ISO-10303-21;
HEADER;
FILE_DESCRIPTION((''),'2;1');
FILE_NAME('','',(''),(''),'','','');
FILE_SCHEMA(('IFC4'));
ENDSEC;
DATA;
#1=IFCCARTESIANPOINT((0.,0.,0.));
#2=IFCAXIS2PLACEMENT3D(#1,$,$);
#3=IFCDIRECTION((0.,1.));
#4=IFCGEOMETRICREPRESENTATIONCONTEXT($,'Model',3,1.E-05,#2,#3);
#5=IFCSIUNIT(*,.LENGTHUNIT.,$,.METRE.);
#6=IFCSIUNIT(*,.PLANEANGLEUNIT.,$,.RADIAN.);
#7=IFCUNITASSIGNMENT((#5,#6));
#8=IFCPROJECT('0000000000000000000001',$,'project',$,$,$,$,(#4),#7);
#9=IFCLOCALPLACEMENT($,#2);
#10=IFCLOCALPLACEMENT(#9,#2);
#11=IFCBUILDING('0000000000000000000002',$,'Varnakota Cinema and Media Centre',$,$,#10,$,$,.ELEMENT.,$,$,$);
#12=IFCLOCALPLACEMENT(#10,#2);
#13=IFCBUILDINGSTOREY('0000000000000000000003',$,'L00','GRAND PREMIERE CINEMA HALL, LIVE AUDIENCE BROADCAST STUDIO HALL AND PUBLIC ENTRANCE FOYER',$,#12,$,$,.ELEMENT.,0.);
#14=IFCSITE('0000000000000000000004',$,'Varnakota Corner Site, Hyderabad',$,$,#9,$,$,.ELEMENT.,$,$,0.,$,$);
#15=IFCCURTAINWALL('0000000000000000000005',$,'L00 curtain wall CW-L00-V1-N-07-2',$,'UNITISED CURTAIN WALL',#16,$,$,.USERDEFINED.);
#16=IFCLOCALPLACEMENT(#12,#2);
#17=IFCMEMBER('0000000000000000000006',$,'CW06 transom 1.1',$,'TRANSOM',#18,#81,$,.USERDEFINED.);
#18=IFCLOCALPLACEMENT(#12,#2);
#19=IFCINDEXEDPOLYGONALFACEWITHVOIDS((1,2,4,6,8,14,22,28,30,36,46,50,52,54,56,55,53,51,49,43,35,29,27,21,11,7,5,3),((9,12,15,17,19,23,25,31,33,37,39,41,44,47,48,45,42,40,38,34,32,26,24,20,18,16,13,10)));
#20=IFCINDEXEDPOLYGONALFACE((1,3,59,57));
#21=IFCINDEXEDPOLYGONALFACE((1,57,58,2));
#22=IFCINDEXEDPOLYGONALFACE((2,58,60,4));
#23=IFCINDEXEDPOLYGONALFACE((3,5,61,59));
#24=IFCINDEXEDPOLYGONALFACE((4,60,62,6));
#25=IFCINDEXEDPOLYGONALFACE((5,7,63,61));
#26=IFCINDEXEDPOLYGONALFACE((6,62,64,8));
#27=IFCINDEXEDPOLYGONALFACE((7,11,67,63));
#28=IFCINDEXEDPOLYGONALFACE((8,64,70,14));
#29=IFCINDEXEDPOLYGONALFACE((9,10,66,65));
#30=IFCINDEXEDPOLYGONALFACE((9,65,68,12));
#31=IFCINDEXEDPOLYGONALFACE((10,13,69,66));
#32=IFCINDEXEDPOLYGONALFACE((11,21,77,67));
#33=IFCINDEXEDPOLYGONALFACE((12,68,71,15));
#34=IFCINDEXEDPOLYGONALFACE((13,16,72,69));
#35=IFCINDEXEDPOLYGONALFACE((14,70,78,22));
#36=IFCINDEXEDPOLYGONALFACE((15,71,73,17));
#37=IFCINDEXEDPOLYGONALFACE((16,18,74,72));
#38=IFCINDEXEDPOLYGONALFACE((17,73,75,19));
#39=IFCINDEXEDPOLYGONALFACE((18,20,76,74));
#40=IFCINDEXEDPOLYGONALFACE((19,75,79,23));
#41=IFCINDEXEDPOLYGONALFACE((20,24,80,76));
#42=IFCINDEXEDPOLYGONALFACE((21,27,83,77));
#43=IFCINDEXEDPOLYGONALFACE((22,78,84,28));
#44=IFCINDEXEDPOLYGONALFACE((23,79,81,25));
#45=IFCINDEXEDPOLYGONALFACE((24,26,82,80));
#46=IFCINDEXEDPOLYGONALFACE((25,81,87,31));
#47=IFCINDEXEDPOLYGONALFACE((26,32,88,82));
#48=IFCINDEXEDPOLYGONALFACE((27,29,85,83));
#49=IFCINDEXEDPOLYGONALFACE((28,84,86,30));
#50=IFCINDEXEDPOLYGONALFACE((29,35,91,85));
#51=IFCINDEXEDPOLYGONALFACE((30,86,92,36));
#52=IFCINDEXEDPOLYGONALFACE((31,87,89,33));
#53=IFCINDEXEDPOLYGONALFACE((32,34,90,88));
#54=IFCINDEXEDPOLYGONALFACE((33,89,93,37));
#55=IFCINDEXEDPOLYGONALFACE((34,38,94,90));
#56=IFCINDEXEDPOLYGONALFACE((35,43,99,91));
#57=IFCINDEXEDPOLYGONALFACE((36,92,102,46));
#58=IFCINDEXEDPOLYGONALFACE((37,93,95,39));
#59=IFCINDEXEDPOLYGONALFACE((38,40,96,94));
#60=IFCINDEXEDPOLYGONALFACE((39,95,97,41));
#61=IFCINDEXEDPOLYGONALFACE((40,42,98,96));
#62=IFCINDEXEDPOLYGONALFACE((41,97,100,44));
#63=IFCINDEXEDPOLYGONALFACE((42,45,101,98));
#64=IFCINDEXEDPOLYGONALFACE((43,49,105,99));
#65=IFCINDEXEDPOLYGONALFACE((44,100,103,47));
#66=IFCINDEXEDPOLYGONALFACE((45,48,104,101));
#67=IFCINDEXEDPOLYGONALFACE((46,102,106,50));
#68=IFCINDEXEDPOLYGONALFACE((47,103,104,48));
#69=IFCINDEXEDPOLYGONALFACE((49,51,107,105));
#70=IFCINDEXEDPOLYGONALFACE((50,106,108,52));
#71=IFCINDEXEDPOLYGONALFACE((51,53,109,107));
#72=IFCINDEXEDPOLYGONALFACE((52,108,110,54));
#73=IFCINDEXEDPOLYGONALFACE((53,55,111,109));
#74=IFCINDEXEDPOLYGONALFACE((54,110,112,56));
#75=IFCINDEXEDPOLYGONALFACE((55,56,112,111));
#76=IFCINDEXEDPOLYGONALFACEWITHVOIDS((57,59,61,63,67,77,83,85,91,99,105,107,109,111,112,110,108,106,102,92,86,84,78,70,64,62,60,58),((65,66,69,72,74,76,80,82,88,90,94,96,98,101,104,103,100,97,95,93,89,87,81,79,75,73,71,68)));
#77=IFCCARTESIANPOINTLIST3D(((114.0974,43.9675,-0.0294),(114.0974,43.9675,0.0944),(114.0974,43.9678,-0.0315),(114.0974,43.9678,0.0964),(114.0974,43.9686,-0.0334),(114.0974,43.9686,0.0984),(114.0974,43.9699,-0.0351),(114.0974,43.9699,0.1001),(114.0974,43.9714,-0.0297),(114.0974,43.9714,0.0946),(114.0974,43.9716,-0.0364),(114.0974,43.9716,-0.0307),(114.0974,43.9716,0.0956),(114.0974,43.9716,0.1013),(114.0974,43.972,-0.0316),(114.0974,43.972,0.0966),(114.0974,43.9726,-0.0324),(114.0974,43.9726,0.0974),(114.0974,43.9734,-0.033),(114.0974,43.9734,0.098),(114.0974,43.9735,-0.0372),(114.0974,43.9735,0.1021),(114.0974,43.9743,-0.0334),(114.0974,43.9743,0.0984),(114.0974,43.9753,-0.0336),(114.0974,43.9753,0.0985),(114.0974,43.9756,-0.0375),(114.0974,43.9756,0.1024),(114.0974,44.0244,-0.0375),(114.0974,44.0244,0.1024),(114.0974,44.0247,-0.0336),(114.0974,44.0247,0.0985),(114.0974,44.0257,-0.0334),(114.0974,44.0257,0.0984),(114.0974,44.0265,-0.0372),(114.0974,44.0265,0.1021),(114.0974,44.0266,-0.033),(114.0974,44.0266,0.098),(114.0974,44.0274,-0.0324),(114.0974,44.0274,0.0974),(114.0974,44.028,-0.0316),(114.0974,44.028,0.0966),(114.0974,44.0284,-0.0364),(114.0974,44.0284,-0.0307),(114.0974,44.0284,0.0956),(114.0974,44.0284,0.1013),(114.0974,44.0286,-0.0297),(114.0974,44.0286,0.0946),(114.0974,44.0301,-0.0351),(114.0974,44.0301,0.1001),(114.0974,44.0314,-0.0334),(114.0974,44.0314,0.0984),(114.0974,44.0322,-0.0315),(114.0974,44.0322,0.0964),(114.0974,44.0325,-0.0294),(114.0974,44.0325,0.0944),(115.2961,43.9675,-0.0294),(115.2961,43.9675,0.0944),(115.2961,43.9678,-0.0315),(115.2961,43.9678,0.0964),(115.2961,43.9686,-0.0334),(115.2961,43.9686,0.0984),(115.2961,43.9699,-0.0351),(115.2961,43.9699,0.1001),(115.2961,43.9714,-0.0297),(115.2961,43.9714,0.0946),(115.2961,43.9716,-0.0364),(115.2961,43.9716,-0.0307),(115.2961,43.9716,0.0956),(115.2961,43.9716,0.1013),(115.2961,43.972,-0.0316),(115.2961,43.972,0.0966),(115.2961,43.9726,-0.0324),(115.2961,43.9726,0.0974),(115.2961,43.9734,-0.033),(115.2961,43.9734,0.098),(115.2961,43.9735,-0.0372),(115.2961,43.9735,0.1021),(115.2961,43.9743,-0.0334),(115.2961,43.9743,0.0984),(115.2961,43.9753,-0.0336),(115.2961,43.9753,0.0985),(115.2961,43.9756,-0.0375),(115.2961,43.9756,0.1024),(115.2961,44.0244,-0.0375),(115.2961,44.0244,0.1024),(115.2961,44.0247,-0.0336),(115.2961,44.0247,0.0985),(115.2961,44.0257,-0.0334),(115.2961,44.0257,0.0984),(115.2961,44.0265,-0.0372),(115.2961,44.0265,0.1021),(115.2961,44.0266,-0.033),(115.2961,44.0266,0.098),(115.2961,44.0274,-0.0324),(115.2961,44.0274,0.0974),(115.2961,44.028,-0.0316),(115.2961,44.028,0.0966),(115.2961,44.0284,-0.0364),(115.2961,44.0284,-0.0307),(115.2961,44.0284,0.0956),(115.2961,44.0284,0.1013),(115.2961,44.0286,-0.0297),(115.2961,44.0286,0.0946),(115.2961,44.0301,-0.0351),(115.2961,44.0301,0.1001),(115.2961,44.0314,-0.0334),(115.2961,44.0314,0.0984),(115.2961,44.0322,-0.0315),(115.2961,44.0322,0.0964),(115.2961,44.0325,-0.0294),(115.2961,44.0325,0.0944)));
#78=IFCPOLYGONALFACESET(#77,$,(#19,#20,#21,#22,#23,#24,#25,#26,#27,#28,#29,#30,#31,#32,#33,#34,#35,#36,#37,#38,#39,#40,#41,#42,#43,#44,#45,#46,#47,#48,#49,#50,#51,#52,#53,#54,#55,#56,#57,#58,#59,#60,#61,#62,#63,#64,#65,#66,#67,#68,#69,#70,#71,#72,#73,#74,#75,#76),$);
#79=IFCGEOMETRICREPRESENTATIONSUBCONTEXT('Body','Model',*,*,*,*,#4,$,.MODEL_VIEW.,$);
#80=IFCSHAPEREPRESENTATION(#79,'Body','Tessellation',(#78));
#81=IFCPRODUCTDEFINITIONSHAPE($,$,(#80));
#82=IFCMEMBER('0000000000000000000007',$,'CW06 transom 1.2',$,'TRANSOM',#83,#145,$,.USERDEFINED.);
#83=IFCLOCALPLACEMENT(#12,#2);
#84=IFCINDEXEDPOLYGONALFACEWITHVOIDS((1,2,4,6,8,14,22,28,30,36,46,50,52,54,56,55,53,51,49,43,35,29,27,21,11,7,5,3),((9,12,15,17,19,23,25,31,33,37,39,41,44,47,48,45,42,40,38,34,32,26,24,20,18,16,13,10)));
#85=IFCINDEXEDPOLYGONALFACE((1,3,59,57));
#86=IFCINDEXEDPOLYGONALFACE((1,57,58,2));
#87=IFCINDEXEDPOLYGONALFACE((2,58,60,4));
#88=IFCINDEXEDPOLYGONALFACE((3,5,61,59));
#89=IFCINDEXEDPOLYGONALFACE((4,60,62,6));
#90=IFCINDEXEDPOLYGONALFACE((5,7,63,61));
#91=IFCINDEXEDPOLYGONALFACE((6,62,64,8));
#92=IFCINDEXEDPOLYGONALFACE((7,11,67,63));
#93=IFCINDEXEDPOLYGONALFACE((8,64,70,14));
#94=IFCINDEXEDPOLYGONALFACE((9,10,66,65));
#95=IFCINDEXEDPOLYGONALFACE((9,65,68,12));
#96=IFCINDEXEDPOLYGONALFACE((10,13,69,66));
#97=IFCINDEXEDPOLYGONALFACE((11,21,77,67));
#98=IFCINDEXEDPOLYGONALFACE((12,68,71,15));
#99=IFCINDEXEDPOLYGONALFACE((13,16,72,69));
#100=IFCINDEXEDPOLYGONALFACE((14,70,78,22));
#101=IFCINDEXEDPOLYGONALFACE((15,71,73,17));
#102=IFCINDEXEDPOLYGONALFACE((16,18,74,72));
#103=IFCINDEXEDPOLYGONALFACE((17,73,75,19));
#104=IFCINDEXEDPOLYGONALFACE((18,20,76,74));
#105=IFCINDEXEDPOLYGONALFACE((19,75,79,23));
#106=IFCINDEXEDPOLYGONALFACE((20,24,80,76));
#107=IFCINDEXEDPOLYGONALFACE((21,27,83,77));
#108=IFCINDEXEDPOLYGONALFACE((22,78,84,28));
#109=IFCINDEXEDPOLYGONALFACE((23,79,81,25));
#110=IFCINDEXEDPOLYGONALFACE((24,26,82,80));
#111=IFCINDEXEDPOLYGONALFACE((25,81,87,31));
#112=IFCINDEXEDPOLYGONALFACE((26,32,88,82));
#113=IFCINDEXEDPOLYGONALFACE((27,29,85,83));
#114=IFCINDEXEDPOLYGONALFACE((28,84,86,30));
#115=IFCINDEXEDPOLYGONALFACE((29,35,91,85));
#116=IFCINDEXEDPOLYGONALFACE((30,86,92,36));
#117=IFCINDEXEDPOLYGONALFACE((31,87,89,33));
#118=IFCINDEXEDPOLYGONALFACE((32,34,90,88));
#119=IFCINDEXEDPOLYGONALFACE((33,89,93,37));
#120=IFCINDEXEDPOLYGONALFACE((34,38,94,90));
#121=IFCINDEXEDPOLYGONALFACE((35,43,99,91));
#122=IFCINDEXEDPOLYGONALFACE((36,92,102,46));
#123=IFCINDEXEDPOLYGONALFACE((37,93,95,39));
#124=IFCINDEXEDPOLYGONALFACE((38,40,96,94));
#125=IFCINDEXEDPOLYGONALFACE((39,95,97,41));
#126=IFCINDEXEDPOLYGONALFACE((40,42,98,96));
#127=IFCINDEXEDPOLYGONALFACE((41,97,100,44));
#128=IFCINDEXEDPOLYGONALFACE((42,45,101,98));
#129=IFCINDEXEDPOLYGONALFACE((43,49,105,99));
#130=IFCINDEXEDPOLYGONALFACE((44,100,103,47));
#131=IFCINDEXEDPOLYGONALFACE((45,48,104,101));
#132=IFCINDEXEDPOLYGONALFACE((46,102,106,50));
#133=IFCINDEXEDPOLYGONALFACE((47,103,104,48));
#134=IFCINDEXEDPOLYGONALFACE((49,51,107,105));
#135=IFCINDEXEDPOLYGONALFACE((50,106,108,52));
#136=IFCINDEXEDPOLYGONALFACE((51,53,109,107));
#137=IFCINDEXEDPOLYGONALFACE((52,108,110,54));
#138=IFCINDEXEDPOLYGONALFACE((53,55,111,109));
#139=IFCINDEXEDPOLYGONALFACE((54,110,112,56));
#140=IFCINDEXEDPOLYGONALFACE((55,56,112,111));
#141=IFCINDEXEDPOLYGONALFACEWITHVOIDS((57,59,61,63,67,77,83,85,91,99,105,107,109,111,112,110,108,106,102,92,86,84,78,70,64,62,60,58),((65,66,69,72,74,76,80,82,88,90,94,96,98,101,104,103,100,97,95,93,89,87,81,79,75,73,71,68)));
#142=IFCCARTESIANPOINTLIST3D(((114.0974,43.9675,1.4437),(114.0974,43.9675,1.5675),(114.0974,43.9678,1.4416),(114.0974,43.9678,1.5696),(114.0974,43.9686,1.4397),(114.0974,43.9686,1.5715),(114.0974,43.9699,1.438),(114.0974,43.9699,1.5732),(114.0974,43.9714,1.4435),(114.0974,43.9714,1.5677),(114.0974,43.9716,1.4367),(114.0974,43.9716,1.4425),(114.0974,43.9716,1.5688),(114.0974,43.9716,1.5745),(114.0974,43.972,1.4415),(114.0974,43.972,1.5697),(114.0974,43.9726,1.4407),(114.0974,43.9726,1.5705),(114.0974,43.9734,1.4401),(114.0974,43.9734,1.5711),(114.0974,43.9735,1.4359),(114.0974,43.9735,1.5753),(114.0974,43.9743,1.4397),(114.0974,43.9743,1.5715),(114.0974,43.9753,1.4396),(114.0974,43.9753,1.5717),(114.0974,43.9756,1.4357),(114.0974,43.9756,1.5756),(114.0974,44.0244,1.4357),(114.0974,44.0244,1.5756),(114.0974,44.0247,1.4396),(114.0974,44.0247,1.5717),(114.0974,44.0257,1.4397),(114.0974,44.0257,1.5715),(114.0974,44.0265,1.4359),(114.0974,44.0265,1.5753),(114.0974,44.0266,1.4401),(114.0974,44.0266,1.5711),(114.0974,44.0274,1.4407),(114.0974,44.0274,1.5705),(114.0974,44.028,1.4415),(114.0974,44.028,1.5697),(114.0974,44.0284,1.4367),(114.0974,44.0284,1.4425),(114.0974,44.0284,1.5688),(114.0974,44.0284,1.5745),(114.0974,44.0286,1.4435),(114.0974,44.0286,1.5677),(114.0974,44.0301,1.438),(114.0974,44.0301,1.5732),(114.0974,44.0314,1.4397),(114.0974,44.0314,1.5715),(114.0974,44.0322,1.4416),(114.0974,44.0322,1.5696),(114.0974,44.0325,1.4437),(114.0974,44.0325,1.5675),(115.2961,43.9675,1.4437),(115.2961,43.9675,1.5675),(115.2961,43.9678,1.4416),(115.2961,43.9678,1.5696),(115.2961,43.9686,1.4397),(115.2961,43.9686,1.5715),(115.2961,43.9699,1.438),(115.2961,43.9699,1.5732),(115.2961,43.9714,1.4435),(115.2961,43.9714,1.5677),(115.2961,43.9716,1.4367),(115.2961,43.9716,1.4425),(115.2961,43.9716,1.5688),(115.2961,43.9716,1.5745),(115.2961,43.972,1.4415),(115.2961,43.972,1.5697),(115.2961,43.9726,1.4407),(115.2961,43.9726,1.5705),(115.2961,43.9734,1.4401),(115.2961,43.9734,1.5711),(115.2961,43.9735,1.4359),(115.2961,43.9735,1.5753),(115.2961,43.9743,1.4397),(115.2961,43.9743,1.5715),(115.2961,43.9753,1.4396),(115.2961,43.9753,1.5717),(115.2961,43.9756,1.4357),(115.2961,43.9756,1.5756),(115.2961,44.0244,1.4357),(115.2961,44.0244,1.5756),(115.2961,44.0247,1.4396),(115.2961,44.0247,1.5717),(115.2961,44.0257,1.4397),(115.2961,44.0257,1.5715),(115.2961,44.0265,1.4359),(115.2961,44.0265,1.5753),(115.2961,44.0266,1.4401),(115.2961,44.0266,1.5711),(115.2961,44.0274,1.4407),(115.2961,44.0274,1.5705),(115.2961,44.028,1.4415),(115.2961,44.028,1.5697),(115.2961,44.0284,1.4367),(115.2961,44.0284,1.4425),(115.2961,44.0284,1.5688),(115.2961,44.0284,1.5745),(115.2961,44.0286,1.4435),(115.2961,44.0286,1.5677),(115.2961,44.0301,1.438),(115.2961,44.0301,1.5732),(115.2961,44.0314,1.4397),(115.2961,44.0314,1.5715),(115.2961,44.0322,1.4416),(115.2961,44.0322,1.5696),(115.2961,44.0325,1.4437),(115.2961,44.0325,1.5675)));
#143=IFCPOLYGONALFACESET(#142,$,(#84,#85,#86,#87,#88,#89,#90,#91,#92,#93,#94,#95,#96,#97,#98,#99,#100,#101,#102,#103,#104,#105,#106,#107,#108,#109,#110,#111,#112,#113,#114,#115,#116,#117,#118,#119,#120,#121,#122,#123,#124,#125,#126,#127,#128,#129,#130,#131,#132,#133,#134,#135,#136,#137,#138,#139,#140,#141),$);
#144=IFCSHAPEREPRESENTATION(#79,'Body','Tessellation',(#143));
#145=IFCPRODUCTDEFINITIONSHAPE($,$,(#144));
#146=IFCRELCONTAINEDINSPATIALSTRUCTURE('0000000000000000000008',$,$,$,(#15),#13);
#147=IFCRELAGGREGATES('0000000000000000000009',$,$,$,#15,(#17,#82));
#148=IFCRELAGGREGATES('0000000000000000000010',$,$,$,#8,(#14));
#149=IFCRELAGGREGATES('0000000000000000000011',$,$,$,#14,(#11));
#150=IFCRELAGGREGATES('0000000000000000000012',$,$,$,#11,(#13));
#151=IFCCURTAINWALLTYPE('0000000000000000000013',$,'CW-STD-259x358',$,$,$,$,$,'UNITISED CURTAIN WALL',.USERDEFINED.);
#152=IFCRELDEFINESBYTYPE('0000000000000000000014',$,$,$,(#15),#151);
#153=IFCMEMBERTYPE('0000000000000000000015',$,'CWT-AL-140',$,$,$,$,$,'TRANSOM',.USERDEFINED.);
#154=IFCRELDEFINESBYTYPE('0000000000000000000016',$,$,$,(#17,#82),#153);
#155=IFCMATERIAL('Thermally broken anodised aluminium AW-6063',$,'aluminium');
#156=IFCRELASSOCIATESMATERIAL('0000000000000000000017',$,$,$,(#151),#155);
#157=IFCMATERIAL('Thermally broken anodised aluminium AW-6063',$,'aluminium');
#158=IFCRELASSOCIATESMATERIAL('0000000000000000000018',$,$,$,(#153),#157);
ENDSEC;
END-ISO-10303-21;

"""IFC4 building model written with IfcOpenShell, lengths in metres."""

from ifc_helpers import new_model, si_unit, direction, frame, origin, origin_2d, place, context, subcontext, project, spatial, hollow_rectangle, extrude, material, material_profile, profile_set, type_object, element, aggregate, save


model = new_model("IFC4")

# Units and contexts
model_context = context("Model", 3, precision=1e-05, world=origin(), true_north=direction((0.0, 1.0)))
body_context = subcontext(model_context, "Body", "Model", "MODEL_VIEW")
ifc_project = project(units=[si_unit("LENGTHUNIT", "METRE"), si_unit("PLANEANGLEUNIT", "RADIAN")], contexts=[model_context])

# Site, building, storey
site_placement = place(None, origin())
site = spatial("IfcSite", under=ifc_project, at=site_placement, Name="Varnakota Corner Site, Hyderabad", CompositionType="ELEMENT", RefElevation=0.0)
building_placement = place(site_placement, origin())
building = spatial("IfcBuilding", under=site, at=building_placement, Name="Varnakota Cinema and Media Centre", CompositionType="ELEMENT")
storey_placement = place(building_placement, origin())
storey = spatial("IfcBuildingStorey", under=building, at=storey_placement, Name="L00", Description="GRAND PREMIERE CINEMA HALL, LIVE AUDIENCE BROADCAST STUDIO HALL AND PUBLIC ENTRANCE FOYER", CompositionType="ELEMENT", Elevation=0.0)

# Shared definitions
ifc_material_1 = material(Name="Thermally broken anodised aluminium AW-6063", Category="aluminium")
curtain_wall_type = type_object("IfcCurtainWallType", Name="CW-STD-259x358", ElementType="UNITISED CURTAIN WALL", PredefinedType="USERDEFINED", material=ifc_material_1)

# Curtain wall
curtain_wall_1_placement = place(storey_placement, origin())
curtain_wall_1 = element("IfcCurtainWall", 1, at=curtain_wall_1_placement, inside=storey, type_object=curtain_wall_type, Name="L00 curtain wall CW-L00-V1-N-07-2", ObjectType="UNITISED CURTAIN WALL", PredefinedType="USERDEFINED")

# Members
ifc_material_2 = material(Name="Thermally broken anodised aluminium AW-6063", Category="aluminium")
ifc_material_profile_1 = material_profile(ifc_material_2, hollow_rectangle(XDim=0.0649, YDim=0.1399, WallThickness=0.0039, InnerFilletRadius=0.0039, OuterFilletRadius=0.0081, at=origin_2d()), Name="AL-TRANSOM 140x65x4")
ifc_profile_set_1 = profile_set([ifc_material_profile_1], Name="Thermally broken anodised aluminium AW-6063")
member_type_1 = type_object("IfcMemberType", Name="CWT-AL-140", ElementType="TRANSOM", PredefinedType="USERDEFINED", material=ifc_profile_set_1)
member_1_placement = place(storey_placement, frame((114.0974, 44.0, 0.0325), z_axis=(1.0, 0.0, 0.0), x_axis=(0.0, 1.0, 0.0)))
member_1 = element("IfcMember", 2, at=member_1_placement, type_object=member_type_1, Name="CW06 transom 1.1", ObjectType="TRANSOM", PredefinedType="USERDEFINED", context=body_context, shape_type="SweptSolid", body=[
    extrude(hollow_rectangle(XDim=0.0649, YDim=0.1399, WallThickness=0.0039, InnerFilletRadius=0.0039, OuterFilletRadius=0.0081, at=origin_2d()), origin(), (0.0, 0.0, 1.0), 1.1987),
])
member_2_placement = place(storey_placement, frame((114.0974, 44.0, 1.5056), z_axis=(1.0, 0.0, 0.0), x_axis=(0.0, 1.0, 0.0)))
member_2 = element("IfcMember", 3, at=member_2_placement, type_object=member_type_1, Name="CW06 transom 1.2", ObjectType="TRANSOM", PredefinedType="USERDEFINED", context=body_context, shape_type="SweptSolid", body=[
    extrude(hollow_rectangle(XDim=0.0649, YDim=0.1399, WallThickness=0.0039, InnerFilletRadius=0.0039, OuterFilletRadius=0.0081, at=origin_2d()), origin(), (0.0, 0.0, 1.0), 1.1987),
])
aggregate(curtain_wall_1, [member_1, member_2])

save(model, "model.ifc")
